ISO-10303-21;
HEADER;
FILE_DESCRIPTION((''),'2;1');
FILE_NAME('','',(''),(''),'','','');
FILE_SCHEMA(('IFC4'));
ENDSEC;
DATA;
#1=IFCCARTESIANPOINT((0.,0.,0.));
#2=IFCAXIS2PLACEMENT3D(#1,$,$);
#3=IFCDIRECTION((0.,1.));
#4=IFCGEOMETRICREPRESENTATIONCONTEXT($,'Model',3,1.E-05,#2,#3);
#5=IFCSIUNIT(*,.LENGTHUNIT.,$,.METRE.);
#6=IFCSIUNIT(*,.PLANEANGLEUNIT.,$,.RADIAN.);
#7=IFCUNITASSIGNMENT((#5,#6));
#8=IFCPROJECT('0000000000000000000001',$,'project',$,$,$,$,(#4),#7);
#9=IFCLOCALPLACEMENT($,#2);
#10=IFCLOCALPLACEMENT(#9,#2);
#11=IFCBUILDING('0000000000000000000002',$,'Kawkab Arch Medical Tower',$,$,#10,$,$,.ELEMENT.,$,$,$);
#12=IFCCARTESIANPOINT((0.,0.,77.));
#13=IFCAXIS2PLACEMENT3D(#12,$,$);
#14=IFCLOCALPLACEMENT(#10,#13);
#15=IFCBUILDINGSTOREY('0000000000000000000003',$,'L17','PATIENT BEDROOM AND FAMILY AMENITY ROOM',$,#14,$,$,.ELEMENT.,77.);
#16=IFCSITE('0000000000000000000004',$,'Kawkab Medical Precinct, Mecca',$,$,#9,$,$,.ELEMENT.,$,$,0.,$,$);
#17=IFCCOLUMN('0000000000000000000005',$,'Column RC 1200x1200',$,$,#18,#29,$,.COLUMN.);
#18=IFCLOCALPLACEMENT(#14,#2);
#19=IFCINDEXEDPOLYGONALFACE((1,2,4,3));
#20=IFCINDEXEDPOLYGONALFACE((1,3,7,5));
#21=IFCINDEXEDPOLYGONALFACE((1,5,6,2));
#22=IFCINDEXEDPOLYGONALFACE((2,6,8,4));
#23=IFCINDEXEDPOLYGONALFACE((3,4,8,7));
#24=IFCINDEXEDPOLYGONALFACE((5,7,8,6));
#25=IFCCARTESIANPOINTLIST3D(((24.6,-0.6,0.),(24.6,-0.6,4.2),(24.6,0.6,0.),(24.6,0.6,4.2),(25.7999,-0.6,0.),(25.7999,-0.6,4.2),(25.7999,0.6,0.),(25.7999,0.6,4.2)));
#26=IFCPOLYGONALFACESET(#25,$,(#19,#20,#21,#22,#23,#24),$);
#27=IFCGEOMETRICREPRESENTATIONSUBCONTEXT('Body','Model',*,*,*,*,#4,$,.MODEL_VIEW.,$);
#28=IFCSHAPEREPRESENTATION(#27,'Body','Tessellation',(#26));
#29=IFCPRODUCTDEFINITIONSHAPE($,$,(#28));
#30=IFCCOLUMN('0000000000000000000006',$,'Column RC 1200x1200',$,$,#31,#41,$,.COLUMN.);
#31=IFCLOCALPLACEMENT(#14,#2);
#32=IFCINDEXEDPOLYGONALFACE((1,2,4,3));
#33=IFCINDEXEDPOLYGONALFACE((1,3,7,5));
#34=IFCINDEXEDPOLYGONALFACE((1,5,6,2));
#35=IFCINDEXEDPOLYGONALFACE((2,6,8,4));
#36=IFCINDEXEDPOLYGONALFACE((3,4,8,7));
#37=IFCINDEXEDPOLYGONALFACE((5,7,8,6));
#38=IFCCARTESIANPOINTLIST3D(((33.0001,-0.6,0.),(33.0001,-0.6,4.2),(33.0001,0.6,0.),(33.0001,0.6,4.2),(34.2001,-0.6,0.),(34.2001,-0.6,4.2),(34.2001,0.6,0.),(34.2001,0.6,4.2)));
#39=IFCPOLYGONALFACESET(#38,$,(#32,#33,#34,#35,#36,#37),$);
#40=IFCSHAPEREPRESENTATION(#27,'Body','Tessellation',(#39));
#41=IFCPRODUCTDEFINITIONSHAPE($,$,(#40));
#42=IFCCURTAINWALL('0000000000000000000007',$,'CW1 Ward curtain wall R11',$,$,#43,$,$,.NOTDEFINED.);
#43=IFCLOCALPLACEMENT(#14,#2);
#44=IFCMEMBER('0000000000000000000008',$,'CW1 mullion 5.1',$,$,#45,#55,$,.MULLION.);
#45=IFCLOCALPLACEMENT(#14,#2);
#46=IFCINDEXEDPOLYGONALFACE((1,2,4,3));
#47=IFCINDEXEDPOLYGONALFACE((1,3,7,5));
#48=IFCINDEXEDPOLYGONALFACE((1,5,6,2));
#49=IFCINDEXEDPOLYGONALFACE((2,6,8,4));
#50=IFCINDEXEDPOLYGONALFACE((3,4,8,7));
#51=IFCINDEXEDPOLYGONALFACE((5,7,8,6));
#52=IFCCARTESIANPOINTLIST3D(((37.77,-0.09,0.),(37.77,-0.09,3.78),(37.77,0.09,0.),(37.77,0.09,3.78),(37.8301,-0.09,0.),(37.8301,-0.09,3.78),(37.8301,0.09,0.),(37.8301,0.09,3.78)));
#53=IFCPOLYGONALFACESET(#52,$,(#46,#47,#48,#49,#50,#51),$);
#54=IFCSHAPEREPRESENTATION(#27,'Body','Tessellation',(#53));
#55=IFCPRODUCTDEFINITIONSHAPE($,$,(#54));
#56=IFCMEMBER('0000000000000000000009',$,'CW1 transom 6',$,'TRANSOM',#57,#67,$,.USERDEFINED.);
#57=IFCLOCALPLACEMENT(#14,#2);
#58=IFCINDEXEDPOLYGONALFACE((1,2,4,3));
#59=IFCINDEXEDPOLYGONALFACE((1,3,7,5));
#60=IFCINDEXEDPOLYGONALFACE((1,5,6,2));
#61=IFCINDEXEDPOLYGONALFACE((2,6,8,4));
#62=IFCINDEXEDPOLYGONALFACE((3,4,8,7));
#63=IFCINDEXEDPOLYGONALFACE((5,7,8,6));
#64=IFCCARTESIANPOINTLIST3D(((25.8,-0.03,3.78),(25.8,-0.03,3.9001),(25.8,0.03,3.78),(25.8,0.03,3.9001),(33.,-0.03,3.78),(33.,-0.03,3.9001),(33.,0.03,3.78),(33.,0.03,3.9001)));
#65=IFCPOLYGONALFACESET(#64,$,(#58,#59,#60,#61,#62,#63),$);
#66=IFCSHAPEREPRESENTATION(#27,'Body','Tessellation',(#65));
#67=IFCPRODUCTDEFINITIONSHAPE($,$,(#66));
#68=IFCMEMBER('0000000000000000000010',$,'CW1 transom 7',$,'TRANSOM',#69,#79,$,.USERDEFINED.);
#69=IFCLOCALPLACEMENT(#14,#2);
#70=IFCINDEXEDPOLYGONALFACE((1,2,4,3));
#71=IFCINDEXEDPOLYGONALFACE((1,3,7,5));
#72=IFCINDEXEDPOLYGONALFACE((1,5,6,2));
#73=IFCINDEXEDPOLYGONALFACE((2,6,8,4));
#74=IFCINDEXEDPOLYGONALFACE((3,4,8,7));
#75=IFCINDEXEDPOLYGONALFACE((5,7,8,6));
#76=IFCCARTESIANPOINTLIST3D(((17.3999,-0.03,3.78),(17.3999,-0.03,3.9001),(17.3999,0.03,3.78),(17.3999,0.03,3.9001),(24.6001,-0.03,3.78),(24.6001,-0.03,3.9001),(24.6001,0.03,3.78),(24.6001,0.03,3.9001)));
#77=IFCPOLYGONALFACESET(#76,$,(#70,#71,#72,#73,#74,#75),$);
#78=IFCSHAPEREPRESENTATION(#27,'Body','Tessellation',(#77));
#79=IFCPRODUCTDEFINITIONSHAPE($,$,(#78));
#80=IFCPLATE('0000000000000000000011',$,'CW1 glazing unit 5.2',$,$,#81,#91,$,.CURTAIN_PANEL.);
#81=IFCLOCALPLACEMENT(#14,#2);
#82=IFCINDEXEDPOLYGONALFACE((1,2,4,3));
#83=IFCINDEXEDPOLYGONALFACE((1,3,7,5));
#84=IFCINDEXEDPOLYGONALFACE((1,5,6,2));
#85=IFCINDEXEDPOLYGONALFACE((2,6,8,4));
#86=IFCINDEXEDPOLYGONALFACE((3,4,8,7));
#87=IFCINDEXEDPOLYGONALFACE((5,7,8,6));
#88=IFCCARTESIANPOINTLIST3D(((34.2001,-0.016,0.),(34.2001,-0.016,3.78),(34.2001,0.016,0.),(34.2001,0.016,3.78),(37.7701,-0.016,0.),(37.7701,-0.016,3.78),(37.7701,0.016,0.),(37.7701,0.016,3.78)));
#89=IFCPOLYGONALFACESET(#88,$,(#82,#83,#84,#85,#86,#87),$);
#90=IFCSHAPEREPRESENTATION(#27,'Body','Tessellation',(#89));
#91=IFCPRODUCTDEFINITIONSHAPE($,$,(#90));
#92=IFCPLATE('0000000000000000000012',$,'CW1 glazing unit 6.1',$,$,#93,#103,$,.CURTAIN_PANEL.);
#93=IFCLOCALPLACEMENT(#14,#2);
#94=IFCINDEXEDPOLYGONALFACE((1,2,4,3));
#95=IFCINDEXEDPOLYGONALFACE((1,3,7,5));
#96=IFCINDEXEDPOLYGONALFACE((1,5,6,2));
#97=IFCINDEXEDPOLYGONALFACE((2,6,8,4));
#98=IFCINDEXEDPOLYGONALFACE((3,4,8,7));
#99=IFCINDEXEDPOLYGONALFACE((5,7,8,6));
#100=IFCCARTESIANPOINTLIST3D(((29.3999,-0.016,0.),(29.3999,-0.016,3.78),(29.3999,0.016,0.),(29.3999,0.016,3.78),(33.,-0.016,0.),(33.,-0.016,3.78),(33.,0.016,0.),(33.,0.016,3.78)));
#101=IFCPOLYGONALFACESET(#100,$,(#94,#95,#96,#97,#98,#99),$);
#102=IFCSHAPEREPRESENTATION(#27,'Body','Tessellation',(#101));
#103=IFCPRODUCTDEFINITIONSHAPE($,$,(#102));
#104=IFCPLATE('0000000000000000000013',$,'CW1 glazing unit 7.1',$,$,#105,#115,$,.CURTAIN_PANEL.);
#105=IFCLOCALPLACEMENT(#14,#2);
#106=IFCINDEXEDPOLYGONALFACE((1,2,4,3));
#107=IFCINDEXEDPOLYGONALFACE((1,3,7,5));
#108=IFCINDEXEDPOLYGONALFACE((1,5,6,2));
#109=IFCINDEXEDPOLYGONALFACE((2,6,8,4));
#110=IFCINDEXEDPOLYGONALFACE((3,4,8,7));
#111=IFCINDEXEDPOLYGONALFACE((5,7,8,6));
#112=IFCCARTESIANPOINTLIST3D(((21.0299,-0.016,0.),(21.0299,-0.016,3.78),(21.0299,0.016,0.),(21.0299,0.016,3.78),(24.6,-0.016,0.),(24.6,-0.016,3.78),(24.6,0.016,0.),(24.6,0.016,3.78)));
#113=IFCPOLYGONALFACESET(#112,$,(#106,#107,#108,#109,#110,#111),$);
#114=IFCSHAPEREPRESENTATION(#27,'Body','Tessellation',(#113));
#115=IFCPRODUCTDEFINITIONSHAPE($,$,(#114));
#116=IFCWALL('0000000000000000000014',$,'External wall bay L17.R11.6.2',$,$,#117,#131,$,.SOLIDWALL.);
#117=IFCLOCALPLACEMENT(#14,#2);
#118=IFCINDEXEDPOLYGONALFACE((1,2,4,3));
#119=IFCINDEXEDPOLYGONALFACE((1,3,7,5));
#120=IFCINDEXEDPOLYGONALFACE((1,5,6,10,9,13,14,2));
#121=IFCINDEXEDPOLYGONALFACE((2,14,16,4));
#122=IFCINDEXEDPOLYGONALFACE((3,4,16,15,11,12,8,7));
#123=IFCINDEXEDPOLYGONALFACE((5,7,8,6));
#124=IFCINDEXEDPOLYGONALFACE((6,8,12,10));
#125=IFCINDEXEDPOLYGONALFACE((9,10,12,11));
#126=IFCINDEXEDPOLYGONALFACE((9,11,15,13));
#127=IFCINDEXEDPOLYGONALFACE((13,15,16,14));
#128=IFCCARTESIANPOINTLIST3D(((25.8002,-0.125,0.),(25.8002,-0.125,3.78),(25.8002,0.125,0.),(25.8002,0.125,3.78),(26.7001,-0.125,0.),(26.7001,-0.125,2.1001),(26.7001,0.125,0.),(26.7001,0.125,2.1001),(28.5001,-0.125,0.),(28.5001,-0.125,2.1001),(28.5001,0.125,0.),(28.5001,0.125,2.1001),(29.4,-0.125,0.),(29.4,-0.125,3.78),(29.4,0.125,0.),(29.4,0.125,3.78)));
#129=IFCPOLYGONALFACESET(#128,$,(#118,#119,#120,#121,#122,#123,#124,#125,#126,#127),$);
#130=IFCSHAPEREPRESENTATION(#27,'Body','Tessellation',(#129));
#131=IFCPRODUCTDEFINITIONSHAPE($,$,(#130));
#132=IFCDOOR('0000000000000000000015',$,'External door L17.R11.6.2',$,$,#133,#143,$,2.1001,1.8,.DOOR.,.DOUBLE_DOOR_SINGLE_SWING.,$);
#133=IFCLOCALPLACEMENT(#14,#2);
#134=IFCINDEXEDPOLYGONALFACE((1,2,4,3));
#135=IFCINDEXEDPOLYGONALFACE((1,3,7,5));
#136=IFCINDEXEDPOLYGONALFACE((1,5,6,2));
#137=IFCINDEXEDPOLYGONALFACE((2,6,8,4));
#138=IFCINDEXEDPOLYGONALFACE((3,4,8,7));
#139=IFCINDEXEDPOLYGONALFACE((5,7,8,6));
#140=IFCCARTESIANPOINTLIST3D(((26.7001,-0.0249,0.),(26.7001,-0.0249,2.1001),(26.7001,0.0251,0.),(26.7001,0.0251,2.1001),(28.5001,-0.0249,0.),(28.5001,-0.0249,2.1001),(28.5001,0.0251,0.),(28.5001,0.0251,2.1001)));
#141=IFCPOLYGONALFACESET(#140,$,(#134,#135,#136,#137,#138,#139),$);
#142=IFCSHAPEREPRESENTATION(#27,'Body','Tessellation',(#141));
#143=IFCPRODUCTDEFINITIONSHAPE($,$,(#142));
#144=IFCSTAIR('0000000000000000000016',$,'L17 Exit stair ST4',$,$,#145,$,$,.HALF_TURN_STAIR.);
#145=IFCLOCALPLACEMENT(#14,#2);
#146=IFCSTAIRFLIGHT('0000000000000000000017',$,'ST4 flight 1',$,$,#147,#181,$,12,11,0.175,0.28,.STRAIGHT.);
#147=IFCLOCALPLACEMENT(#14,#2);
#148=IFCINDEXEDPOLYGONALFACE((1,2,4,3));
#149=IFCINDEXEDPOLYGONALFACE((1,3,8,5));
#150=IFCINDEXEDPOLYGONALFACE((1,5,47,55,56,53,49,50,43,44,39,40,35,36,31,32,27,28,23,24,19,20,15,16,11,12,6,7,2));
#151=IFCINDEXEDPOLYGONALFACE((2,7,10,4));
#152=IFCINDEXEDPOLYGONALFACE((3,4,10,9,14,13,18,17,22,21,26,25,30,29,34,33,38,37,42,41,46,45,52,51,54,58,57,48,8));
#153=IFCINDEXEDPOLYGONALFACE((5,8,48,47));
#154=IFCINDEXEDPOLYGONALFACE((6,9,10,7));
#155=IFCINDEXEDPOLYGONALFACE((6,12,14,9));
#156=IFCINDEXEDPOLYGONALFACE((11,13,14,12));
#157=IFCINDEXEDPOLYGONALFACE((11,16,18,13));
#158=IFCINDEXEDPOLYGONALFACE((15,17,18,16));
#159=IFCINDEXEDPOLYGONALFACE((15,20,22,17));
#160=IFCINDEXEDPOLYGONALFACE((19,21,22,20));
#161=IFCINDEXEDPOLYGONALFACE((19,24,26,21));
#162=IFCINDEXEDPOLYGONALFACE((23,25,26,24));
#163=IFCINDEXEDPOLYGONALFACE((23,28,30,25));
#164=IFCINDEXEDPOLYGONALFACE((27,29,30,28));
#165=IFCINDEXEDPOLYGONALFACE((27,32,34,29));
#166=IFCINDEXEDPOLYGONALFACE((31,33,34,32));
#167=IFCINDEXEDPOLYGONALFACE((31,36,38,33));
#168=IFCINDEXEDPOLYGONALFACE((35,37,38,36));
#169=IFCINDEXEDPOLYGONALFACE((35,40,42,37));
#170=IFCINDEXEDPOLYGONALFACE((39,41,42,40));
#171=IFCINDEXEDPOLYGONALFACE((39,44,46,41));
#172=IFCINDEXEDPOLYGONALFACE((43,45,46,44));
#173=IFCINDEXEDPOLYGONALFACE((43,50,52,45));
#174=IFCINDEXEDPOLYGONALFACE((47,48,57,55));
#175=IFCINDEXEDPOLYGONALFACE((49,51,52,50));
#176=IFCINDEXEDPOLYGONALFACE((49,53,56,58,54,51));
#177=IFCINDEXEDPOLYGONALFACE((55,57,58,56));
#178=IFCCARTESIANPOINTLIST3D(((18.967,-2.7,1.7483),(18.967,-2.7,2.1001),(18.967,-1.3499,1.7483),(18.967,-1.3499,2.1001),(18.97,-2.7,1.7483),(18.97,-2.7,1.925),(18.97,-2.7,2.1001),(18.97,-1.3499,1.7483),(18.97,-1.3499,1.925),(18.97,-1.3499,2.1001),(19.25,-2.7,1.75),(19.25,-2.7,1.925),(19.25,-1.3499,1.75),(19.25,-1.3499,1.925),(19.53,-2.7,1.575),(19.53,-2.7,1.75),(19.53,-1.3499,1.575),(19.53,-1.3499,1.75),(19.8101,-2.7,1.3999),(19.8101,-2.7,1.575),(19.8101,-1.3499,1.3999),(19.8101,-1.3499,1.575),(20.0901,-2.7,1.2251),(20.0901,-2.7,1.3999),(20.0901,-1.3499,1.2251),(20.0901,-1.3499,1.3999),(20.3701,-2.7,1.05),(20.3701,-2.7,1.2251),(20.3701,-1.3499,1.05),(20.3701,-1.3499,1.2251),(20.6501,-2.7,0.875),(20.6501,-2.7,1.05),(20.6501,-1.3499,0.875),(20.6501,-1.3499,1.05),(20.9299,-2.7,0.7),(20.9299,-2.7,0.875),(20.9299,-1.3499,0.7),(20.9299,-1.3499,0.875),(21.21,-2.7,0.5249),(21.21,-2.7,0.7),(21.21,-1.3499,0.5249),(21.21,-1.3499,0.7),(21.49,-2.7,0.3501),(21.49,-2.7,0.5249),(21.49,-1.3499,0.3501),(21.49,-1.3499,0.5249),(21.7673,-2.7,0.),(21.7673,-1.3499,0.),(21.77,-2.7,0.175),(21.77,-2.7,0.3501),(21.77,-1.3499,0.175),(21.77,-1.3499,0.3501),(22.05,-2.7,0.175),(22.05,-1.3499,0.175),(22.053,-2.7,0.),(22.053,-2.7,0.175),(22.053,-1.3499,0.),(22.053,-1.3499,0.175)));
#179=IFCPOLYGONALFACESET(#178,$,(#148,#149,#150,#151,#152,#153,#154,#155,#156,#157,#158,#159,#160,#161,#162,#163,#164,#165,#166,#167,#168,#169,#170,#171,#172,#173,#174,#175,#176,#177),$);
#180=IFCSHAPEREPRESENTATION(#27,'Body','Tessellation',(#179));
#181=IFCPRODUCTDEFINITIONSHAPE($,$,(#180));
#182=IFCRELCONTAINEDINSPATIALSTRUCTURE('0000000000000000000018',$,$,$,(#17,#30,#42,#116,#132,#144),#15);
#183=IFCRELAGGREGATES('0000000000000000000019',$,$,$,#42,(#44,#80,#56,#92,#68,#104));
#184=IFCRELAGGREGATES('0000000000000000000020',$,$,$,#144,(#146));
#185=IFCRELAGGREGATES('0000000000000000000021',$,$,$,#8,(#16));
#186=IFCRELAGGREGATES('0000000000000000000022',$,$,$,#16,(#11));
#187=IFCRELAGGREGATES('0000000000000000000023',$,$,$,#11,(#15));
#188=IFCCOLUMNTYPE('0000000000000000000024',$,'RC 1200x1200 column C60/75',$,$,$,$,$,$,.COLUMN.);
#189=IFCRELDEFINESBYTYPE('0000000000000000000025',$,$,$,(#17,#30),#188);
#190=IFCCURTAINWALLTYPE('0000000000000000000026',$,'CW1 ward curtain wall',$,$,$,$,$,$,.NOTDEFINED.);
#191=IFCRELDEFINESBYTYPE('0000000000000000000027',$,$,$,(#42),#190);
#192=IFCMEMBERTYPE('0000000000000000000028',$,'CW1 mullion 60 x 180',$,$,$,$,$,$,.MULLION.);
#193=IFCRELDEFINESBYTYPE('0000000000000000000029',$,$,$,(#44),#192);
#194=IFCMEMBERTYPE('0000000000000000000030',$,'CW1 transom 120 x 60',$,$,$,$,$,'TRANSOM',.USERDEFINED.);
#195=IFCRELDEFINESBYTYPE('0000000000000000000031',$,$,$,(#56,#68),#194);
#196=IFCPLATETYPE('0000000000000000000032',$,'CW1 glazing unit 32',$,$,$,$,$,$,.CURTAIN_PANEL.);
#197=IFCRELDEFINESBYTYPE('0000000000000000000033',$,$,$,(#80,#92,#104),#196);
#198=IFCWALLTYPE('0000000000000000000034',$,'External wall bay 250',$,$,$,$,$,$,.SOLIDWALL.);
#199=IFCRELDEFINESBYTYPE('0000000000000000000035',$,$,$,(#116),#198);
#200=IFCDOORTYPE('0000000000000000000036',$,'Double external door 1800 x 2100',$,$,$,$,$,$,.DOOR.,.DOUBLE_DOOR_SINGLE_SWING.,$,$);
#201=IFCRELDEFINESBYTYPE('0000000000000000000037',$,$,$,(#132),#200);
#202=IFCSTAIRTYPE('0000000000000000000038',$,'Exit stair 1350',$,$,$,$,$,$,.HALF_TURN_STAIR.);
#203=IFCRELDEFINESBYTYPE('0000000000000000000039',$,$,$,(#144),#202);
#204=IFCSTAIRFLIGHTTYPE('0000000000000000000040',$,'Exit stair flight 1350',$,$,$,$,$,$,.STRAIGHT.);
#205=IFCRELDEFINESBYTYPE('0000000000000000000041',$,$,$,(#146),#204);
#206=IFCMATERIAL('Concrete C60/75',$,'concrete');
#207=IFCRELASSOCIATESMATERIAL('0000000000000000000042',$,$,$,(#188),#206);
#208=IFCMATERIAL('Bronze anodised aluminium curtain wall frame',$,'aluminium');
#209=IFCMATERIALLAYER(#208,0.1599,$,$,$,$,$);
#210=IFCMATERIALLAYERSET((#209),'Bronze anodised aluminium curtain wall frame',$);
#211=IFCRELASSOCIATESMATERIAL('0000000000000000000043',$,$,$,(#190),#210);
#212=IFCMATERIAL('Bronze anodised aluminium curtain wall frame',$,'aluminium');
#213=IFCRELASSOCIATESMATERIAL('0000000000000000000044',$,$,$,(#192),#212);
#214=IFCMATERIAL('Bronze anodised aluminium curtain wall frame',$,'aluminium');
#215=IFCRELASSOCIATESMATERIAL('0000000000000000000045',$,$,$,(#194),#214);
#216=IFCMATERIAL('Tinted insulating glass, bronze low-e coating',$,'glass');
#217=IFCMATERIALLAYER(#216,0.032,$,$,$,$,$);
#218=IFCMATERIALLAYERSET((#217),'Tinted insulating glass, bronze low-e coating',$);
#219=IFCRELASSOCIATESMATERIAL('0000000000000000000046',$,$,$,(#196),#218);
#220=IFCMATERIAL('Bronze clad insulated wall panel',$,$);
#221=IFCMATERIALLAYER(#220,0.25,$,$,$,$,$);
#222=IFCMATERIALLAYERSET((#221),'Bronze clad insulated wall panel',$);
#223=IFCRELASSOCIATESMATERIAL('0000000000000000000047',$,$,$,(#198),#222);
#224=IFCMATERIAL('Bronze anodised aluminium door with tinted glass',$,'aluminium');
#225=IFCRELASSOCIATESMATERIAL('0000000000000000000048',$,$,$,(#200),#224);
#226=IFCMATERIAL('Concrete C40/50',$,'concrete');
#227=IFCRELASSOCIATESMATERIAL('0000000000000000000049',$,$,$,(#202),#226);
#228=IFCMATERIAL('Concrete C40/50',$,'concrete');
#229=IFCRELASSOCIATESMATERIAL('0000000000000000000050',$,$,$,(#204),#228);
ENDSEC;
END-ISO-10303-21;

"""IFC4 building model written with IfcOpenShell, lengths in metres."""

from ifc_helpers import new_model, si_unit, direction, frame, frame_2d, origin, origin_2d, place, context, subcontext, project, spatial, polyline, rectangle, outline, extrude, material, layer, layer_set, material_profile, profile_set, type_object, element, fill, aggregate, save


model = new_model("IFC4")

# Units and contexts
model_context = context("Model", 3, precision=1e-05, world=origin(), true_north=direction((0.0, 1.0)))
body_context = subcontext(model_context, "Body", "Model", "MODEL_VIEW")
ifc_project = project(units=[si_unit("LENGTHUNIT", "METRE"), si_unit("PLANEANGLEUNIT", "RADIAN")], contexts=[model_context])

# Site, building, storey
site_placement = place(None, origin())
site = spatial("IfcSite", under=ifc_project, at=site_placement, Name="Kawkab Medical Precinct, Mecca", CompositionType="ELEMENT", RefElevation=0.0)
building_placement = place(site_placement, origin())
building = spatial("IfcBuilding", under=site, at=building_placement, Name="Kawkab Arch Medical Tower", CompositionType="ELEMENT")
storey_placement = place(building_placement, frame((0.0, 0.0, 77.0)))
storey = spatial("IfcBuildingStorey", under=building, at=storey_placement, Name="L17", Description="PATIENT BEDROOM AND FAMILY AMENITY ROOM", CompositionType="ELEMENT", Elevation=77.0)

# Columns
ifc_material_1 = material(Name="Concrete C60/75", Category="concrete")
ifc_material_profile_1 = material_profile(ifc_material_1, rectangle(XDim=1.2, YDim=1.2, at=origin_2d()), Name="RC 1200x1200")
ifc_profile_set_1 = profile_set([ifc_material_profile_1], Name="Concrete C60/75")
column_type = type_object("IfcColumnType", Name="RC 1200x1200 column C60/75", PredefinedType="COLUMN", material=ifc_profile_set_1)
for number, where, z_axis, x_axis, name in (
    (1, (25.2, 0.0, 0.0), (0.0, 0.0, 1.0), (1.0, 0.0, 0.0), "Column RC 1200x1200"),
    (2, (33.6001, 0.0, 0.0), (0.0, 0.0, 1.0), (1.0, 0.0, 0.0), "Column RC 1200x1200"),
):
    element("IfcColumn", number, at=place(storey_placement, frame(where, z_axis=z_axis, x_axis=x_axis)), inside=storey, type_object=column_type, Name=name, PredefinedType="COLUMN", context=body_context, shape_type="SweptSolid", body=[
        extrude(rectangle(XDim=1.2, YDim=1.2, at=origin_2d()), origin(), (0.0, 0.0, 1.0), 4.2),
    ])

# Curtain wall, members, plates
ifc_material_2 = material(Name="Bronze anodised aluminium curtain wall frame", Category="aluminium")
ifc_layer_1 = layer(ifc_material_2, 0.1599)
ifc_layer_set_1 = layer_set([ifc_layer_1], Name="Bronze anodised aluminium curtain wall frame")
curtain_wall_type = type_object("IfcCurtainWallType", Name="CW1 ward curtain wall", PredefinedType="NOTDEFINED", material=ifc_layer_set_1)
placement = place(storey_placement, origin())
curtain_wall = element("IfcCurtainWall", 3, at=placement, inside=storey, type_object=curtain_wall_type, Name="CW1 Ward curtain wall R11", PredefinedType="NOTDEFINED")
ifc_material_3 = material(Name="Bronze anodised aluminium curtain wall frame", Category="aluminium")
ifc_material_profile_2 = material_profile(ifc_material_3, rectangle(XDim=0.1799, YDim=0.0601, at=origin_2d()), Name="AL 60x180")
ifc_profile_set_2 = profile_set([ifc_material_profile_2], Name="Bronze anodised aluminium curtain wall frame")
member_type_1 = type_object("IfcMemberType", Name="CW1 mullion 60 x 180", PredefinedType="MULLION", material=ifc_profile_set_2)
member_1_placement = place(storey_placement, frame((37.8, 0.0, 0.0), z_axis=(0.0, 0.0, 1.0), x_axis=(0.0, -1.0, 0.0)))
member_1 = element("IfcMember", 4, at=member_1_placement, type_object=member_type_1, Name="CW1 mullion 5.1", PredefinedType="MULLION", context=body_context, shape_type="SweptSolid", body=[
    extrude(rectangle(XDim=0.1799, YDim=0.0601, at=origin_2d()), origin(), (0.0, 0.0, 1.0), 3.78),
])
ifc_material_4 = material(Name="Bronze anodised aluminium curtain wall frame", Category="aluminium")
ifc_material_profile_3 = material_profile(ifc_material_4, rectangle(XDim=0.0601, YDim=0.1201, at=origin_2d()), Name="AL 60x120")
ifc_profile_set_3 = profile_set([ifc_material_profile_3], Name="Bronze anodised aluminium curtain wall frame")
member_type_2 = type_object("IfcMemberType", Name="CW1 transom 120 x 60", ElementType="TRANSOM", PredefinedType="USERDEFINED", material=ifc_profile_set_3)
member_2_placement = place(storey_placement, frame((33.0, 0.0, 3.8401), z_axis=(-1.0, 0.0, 0.0), x_axis=(0.0, -1.0, 0.0)))
member_2 = element("IfcMember", 5, at=member_2_placement, type_object=member_type_2, Name="CW1 transom 6", ObjectType="TRANSOM", PredefinedType="USERDEFINED", context=body_context, shape_type="SweptSolid", body=[
    extrude(rectangle(XDim=0.0601, YDim=0.1201, at=origin_2d()), origin(), (0.0, 0.0, 1.0), 7.2),
])
member_3_placement = place(storey_placement, frame((24.6001, 0.0, 3.8401), z_axis=(-1.0, 0.0, 0.0), x_axis=(0.0, -1.0, 0.0)))
member_3 = element("IfcMember", 6, at=member_3_placement, type_object=member_type_2, Name="CW1 transom 7", ObjectType="TRANSOM", PredefinedType="USERDEFINED", context=body_context, shape_type="SweptSolid", body=[
    extrude(rectangle(XDim=0.0601, YDim=0.1201, at=origin_2d()), origin(), (0.0, 0.0, 1.0), 7.2002),
])
ifc_material_5 = material(Name="Tinted insulating glass, bronze low-e coating", Category="glass")
ifc_layer_2 = layer(ifc_material_5, 0.032)
ifc_layer_set_2 = layer_set([ifc_layer_2], Name="Tinted insulating glass, bronze low-e coating")
plate_type = type_object("IfcPlateType", Name="CW1 glazing unit 32", PredefinedType="CURTAIN_PANEL", material=ifc_layer_set_2)
plate_1_placement = place(storey_placement, frame((35.9851, 0.0, 0.0), z_axis=(0.0, 0.0, 1.0), x_axis=(-1.0, 0.0, 0.0)))
plate_1 = element("IfcPlate", 7, at=plate_1_placement, type_object=plate_type, Name="CW1 glazing unit 5.2", PredefinedType="CURTAIN_PANEL", context=body_context, shape_type="SweptSolid", body=[
    extrude(rectangle(XDim=3.5701, YDim=0.032, at=origin_2d()), origin(), (0.0, 0.0, 1.0), 3.78),
])
plate_2_placement = place(storey_placement, frame((31.2, 0.0, 0.0), z_axis=(0.0, 0.0, 1.0), x_axis=(-1.0, 0.0, 0.0)))
plate_2 = element("IfcPlate", 8, at=plate_2_placement, type_object=plate_type, Name="CW1 glazing unit 6.1", PredefinedType="CURTAIN_PANEL", context=body_context, shape_type="SweptSolid", body=[
    extrude(rectangle(XDim=3.6001, YDim=0.032, at=origin_2d()), origin(), (0.0, 0.0, 1.0), 3.78),
])
plate_3_placement = place(storey_placement, frame((22.8149, 0.0, 0.0), z_axis=(0.0, 0.0, 1.0), x_axis=(-1.0, 0.0, 0.0)))
plate_3 = element("IfcPlate", 9, at=plate_3_placement, type_object=plate_type, Name="CW1 glazing unit 7.1", PredefinedType="CURTAIN_PANEL", context=body_context, shape_type="SweptSolid", body=[
    extrude(rectangle(XDim=3.5701, YDim=0.032, at=origin_2d()), origin(), (0.0, 0.0, 1.0), 3.78),
])
aggregate(curtain_wall, [member_1, plate_1, member_2, plate_2, member_3, plate_3])

# Wall, opening, door
ifc_material_6 = material(Name="Bronze clad insulated wall panel")
ifc_layer_3 = layer(ifc_material_6, 0.25)
ifc_layer_set_3 = layer_set([ifc_layer_3], Name="Bronze clad insulated wall panel")
wall_type = type_object("IfcWallType", Name="External wall bay 250", PredefinedType="SOLIDWALL", material=ifc_layer_set_3)
wall_placement = place(storey_placement, frame((29.3999, 0.0, 0.0), z_axis=(0.0, 0.0, 1.0), x_axis=(-1.0, 0.0, 0.0)))
wall = element("IfcWall", 10, at=wall_placement, inside=storey, type_object=wall_type, Name="External wall bay L17.R11.6.2", PredefinedType="SOLIDWALL", context=body_context, shape_type="SweptSolid", body=[
    extrude(rectangle(XDim=3.5999, YDim=0.25, at=frame_2d((1.7998, 0.0))), origin(), (0.0, 0.0, 1.0), 3.78),
])
opening_placement = place(wall_placement, frame((0.8999, 0.0, 0.0)))
opening = element("IfcOpeningElement", 11, at=opening_placement, cuts=wall, PredefinedType="OPENING", context=body_context, shape_type="SweptSolid", body=[
    extrude(rectangle(XDim=1.8, YDim=2.1001, at=frame_2d((0.8999, 1.05))), frame((0.0, 0.135, 0.0), z_axis=(0.0, -1.0, 0.0), x_axis=(1.0, 0.0, 0.0)), (0.0, 0.0, 1.0), 0.27),
])
ifc_material_7 = material(Name="Bronze anodised aluminium door with tinted glass", Category="aluminium")
door_type = type_object("IfcDoorType", Name="Double external door 1800 x 2100", OperationType="DOUBLE_DOOR_SINGLE_SWING", PredefinedType="DOOR", material=ifc_material_7)
door_placement = place(opening_placement, origin())
door = element("IfcDoor", 12, at=door_placement, inside=storey, type_object=door_type, Name="External door L17.R11.6.2", OperationType="DOUBLE_DOOR_SINGLE_SWING", OverallHeight=2.1001, OverallWidth=1.8, PredefinedType="DOOR", context=body_context, shape_type="SweptSolid", body=[
    extrude(rectangle(XDim=1.8, YDim=2.1001, at=frame_2d((0.8999, 1.05))), frame((0.0, 0.0249, 0.0), z_axis=(0.0, -1.0, 0.0), x_axis=(1.0, 0.0, 0.0)), (0.0, 0.0, 1.0), 0.05),
])
fill(opening, door)

# Stair, stair flight
ifc_material_8 = material(Name="Concrete C40/50", Category="concrete")
stair_type = type_object("IfcStairType", Name="Exit stair 1350", PredefinedType="HALF_TURN_STAIR", material=ifc_material_8)
stair = element("IfcStair", 13, at=placement, inside=storey, type_object=stair_type, Name="L17 Exit stair ST4", PredefinedType="HALF_TURN_STAIR")
ifc_material_9 = material(Name="Concrete C40/50", Category="concrete")
stair_flight_type = type_object("IfcStairFlightType", Name="Exit stair flight 1350", PredefinedType="STRAIGHT", material=ifc_material_9)
stair_flight_placement = place(storey_placement, frame((22.05, -2.0249, 0.0), z_axis=(0.0, 0.0, 1.0), x_axis=(-1.0, 0.0, 0.0)))
stair_flight = element("IfcStairFlight", 14, at=stair_flight_placement, type_object=stair_flight_type, Name="ST4 flight 1", NumberOfRisers=12, NumberOfTreads=11, PredefinedType="STRAIGHT", RiserHeight=0.175, TreadLength=0.28, context=body_context, shape_type="SweptSolid", body=[
    extrude(outline(polyline([(-0.0029, 0.0), (-0.0029, 0.175), (0.0, 0.175), (0.28, 0.175), (0.28, 0.3501), (0.5601, 0.3501), (0.5601, 0.5249), (0.8401, 0.5249), (0.8401, 0.7), (1.1201, 0.7), (1.1201, 0.875), (1.3999, 0.875), (1.3999, 1.05), (1.6799, 1.05), (1.6799, 1.2251), (1.96, 1.2251), (1.96, 1.3999), (2.24, 1.3999), (2.24, 1.575), (2.52, 1.575), (2.52, 1.75), (2.8, 1.75), (2.8, 1.925), (3.0801, 1.925), (3.0801, 2.1001), (3.083, 2.1001), (3.083, 1.7483), (3.0801, 1.7483), (0.2827, 0.0), (-0.0029, 0.0)])), frame((0.0, 0.675, 0.0), z_axis=(0.0, -1.0, 0.0), x_axis=(1.0, 0.0, 0.0)), (0.0, 0.0, 1.0), 1.3501),
])
aggregate(stair, [stair_flight])

save(model, "model.ifc")
